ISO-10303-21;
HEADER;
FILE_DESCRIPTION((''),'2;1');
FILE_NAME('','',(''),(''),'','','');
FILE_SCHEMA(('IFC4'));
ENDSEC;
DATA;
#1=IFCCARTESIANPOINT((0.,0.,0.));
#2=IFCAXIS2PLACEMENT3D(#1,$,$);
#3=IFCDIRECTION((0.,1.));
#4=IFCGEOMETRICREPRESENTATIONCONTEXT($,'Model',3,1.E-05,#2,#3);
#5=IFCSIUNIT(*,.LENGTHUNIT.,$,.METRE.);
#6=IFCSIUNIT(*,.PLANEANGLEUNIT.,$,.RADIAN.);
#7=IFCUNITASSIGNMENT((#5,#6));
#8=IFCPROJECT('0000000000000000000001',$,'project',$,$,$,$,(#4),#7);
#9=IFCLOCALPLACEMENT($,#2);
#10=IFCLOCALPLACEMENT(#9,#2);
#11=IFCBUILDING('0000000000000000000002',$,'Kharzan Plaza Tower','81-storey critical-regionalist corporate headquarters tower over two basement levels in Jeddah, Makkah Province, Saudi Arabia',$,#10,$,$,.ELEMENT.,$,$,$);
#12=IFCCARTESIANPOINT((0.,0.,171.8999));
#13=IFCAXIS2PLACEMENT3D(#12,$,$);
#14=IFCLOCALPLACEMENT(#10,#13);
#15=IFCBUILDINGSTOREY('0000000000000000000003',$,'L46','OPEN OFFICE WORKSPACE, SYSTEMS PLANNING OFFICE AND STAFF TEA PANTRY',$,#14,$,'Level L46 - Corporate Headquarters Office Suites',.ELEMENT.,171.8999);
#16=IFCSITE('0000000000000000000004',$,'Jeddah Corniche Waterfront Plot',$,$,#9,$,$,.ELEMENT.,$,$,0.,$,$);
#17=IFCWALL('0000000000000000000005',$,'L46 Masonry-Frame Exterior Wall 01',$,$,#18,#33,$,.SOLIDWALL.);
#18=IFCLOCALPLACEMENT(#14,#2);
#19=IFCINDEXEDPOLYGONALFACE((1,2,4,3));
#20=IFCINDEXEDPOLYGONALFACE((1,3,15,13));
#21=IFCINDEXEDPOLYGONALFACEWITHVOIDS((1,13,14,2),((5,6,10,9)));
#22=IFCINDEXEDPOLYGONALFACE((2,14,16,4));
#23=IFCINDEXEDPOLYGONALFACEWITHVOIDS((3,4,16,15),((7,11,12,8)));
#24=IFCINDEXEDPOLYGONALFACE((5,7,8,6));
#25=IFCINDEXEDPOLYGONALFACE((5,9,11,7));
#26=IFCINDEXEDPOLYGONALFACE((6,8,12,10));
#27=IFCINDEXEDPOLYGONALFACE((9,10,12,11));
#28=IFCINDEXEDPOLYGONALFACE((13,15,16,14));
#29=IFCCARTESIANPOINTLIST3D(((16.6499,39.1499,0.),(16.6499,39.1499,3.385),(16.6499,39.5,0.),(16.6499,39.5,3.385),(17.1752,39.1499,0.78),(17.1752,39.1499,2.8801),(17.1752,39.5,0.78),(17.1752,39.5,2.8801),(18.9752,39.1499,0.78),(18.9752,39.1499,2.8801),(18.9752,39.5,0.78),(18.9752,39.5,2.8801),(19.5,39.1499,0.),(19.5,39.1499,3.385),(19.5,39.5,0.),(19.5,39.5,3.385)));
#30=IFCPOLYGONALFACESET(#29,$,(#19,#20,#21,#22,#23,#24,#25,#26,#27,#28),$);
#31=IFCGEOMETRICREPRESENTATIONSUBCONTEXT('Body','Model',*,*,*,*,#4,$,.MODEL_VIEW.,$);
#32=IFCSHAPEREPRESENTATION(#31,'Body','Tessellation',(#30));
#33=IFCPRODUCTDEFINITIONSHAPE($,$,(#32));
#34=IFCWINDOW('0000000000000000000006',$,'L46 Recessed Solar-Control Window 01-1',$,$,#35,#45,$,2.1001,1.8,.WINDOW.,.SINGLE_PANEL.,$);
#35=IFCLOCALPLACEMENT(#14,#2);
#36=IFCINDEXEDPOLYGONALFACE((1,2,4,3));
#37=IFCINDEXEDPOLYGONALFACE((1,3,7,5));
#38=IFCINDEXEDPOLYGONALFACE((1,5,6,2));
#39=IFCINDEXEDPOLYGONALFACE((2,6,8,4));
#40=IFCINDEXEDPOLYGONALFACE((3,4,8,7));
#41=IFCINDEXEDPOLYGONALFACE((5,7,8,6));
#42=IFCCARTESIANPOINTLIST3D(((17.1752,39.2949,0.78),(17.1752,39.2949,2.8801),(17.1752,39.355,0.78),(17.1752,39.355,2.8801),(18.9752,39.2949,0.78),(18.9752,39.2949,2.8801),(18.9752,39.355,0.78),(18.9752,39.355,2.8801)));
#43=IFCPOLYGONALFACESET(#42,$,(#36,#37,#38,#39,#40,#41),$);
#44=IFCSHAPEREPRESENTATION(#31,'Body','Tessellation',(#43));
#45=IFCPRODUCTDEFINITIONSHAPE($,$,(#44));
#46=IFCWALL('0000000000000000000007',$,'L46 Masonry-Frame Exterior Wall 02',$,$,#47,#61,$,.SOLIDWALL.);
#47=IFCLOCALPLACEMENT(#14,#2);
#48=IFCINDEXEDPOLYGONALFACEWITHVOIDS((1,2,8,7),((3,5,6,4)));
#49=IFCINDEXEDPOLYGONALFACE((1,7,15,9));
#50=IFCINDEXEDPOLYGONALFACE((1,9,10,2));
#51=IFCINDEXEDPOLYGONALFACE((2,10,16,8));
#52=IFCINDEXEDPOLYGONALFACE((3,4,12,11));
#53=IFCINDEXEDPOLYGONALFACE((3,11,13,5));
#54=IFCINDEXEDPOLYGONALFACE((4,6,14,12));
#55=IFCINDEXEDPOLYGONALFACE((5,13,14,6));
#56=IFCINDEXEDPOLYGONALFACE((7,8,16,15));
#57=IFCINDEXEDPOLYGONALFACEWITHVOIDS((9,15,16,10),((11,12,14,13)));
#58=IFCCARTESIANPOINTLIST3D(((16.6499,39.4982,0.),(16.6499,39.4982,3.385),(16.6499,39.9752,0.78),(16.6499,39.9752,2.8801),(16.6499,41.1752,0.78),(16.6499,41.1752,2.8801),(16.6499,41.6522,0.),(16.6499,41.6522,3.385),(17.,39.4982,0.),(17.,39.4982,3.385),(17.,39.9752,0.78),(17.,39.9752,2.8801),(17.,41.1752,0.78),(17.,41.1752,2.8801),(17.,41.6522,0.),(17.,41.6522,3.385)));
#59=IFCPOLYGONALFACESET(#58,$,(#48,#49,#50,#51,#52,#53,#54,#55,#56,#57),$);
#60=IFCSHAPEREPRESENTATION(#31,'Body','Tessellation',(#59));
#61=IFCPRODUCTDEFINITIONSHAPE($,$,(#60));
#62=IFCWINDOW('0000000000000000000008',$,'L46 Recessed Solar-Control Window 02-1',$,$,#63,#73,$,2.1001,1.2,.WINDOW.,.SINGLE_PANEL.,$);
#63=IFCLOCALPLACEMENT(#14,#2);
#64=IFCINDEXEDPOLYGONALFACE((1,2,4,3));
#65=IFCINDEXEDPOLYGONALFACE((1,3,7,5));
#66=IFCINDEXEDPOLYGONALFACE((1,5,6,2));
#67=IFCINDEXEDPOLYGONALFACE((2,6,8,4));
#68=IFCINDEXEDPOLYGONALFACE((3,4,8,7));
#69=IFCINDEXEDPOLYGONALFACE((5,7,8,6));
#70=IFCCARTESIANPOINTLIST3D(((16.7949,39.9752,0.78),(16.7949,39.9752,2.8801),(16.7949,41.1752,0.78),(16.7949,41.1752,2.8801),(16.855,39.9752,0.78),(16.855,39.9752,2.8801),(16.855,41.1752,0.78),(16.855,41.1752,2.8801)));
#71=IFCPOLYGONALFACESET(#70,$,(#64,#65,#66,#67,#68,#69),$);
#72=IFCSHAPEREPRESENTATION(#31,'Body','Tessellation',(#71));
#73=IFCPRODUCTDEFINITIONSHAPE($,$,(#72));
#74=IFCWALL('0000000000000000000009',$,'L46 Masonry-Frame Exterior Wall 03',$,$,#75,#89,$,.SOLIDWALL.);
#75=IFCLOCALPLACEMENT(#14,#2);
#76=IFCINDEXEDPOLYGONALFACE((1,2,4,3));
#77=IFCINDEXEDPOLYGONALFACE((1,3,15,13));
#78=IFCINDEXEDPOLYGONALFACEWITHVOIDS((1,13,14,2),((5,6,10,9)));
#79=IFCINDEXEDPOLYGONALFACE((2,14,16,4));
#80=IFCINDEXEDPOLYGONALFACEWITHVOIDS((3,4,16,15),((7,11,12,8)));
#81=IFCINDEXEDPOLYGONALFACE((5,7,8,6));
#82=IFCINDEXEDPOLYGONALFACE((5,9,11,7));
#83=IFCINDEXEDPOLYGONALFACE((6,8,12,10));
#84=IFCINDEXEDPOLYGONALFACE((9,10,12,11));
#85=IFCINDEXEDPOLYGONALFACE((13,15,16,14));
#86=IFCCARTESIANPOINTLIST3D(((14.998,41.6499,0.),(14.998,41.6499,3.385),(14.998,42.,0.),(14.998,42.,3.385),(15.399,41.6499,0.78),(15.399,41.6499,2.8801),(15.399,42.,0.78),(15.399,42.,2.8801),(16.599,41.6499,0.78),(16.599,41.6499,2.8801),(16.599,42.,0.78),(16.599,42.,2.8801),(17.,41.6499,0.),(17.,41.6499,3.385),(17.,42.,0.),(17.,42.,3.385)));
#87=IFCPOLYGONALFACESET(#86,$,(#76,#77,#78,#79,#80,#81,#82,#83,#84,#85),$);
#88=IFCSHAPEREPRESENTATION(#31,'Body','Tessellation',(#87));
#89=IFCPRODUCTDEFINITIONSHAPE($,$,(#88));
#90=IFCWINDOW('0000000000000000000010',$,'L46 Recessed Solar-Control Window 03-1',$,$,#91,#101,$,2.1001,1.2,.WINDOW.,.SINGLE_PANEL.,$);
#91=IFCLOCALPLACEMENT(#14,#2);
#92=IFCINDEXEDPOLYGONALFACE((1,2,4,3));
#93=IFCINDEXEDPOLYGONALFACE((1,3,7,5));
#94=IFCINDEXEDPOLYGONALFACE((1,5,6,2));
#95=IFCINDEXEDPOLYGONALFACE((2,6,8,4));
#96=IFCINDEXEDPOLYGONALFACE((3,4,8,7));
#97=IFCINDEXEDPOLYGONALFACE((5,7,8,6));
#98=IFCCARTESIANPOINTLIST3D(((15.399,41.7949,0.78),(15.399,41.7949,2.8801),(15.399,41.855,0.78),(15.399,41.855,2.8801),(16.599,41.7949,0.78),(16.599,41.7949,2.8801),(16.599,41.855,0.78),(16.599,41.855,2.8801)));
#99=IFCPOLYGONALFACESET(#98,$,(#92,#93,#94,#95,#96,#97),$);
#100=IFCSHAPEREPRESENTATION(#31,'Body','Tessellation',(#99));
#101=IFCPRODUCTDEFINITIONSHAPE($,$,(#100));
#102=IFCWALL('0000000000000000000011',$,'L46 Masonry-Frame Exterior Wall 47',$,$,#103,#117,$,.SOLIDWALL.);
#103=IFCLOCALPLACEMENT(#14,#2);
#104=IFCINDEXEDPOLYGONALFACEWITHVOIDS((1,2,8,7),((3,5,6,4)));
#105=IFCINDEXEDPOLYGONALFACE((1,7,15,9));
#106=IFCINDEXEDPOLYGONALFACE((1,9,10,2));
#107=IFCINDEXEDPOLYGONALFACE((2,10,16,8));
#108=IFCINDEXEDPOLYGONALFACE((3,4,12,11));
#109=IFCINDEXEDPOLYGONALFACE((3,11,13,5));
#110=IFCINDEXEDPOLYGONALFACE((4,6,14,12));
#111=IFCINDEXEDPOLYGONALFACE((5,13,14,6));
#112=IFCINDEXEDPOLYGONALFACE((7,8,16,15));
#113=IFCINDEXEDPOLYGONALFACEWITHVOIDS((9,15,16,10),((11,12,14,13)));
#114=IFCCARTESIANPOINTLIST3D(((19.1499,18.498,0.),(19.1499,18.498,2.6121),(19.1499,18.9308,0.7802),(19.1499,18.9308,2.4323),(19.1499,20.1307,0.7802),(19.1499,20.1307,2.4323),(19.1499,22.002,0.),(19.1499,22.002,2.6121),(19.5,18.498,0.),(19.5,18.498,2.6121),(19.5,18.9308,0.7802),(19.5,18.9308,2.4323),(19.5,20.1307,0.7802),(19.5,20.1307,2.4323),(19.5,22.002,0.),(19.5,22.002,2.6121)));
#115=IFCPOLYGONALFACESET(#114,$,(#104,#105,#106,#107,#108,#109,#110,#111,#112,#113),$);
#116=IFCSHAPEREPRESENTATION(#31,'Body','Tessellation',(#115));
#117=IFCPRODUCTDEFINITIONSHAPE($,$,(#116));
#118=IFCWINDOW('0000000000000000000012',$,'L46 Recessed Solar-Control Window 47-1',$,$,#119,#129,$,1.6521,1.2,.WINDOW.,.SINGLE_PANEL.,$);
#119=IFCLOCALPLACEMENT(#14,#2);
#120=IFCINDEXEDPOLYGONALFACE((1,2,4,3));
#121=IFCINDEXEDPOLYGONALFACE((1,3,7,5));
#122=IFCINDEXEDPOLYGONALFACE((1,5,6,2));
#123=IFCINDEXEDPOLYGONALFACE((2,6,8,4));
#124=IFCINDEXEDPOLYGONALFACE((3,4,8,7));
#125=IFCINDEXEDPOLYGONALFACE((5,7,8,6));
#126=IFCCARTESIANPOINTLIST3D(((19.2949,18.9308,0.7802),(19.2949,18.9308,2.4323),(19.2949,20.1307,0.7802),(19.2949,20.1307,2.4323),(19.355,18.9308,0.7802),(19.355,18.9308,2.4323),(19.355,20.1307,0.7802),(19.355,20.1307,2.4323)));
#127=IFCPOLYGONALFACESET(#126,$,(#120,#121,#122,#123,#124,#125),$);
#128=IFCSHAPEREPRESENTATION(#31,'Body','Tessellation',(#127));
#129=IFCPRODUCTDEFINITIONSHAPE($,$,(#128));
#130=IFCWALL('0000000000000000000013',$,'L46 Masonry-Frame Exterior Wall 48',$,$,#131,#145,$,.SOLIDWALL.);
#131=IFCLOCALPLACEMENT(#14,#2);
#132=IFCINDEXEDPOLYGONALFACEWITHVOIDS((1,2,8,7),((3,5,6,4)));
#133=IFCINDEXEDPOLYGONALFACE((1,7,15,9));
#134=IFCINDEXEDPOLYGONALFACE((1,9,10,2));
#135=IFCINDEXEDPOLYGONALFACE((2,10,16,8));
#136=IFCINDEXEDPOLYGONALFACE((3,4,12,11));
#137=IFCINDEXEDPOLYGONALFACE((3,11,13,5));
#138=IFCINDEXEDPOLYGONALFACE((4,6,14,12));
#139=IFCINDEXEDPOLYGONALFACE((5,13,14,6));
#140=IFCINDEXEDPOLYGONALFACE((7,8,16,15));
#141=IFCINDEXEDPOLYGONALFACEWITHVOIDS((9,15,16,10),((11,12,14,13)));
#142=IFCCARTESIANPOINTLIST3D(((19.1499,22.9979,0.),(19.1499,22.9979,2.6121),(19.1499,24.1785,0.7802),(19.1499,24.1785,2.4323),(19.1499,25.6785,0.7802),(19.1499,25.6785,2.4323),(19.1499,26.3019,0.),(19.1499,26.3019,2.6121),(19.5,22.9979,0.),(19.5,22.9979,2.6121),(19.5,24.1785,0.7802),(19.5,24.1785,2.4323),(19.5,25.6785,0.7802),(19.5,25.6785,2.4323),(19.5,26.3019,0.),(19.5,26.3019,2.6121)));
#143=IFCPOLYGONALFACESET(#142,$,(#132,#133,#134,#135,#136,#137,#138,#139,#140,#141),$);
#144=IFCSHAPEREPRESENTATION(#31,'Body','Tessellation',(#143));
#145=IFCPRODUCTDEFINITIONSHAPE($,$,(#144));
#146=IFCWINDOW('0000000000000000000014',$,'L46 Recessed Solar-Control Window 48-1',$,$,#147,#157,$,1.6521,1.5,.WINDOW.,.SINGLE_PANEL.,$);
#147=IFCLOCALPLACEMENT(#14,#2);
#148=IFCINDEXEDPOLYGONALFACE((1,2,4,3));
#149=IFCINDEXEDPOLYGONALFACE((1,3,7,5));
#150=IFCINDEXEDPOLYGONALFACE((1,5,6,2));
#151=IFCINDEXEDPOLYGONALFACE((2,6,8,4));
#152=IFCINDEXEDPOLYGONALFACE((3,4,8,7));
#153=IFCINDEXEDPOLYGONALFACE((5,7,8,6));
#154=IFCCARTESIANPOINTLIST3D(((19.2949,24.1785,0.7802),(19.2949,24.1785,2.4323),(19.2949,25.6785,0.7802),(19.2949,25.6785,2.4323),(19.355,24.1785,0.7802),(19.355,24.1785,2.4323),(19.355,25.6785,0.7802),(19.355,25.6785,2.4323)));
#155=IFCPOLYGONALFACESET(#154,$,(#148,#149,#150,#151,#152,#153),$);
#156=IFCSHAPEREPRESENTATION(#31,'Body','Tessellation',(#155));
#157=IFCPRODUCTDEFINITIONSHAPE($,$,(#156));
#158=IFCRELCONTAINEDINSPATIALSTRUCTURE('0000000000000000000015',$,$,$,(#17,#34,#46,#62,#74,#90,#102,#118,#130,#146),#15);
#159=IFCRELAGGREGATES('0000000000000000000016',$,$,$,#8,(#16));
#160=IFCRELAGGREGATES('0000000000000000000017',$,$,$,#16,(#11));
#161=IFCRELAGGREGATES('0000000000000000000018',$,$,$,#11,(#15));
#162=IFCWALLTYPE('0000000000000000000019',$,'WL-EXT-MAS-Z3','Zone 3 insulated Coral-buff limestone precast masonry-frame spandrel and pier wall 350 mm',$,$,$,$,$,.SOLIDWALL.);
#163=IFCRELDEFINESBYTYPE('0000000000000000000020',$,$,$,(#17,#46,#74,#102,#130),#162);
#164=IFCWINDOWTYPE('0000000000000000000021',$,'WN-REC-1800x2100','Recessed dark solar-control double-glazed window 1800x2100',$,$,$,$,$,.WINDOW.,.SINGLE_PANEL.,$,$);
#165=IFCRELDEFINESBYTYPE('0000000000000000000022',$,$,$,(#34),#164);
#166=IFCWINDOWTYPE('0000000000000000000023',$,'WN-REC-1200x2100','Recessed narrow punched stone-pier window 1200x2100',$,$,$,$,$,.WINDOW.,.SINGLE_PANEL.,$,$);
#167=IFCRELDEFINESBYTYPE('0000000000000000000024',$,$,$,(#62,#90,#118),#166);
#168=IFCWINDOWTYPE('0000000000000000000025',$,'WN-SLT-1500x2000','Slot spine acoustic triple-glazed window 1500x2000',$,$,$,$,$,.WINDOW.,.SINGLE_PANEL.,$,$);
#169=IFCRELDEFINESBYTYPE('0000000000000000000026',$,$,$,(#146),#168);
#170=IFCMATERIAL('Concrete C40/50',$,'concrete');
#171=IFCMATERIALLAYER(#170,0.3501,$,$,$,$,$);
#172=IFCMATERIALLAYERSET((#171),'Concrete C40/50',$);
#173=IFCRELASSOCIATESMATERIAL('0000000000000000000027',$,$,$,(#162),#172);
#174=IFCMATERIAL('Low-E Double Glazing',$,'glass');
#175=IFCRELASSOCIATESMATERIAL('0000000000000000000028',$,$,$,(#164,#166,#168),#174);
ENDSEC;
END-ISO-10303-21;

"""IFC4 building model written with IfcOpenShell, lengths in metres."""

from ifc_helpers import new_model, si_unit, direction, frame, frame_2d, origin, place, context, subcontext, project, spatial, rectangle, extrude, source, transform, mapped, material, layer, layer_set, type_object, element, fill, save


model = new_model("IFC4")

# Units and contexts
model_context = context("Model", 3, precision=1e-05, world=origin(), true_north=direction((0.0, 1.0)))
body_context = subcontext(model_context, "Body", "Model", "MODEL_VIEW")
ifc_project = project(units=[si_unit("LENGTHUNIT", "METRE"), si_unit("PLANEANGLEUNIT", "RADIAN")], contexts=[model_context])

# Site, building, storey
site_placement = place(None, origin())
site = spatial("IfcSite", under=ifc_project, at=site_placement, Name="Jeddah Corniche Waterfront Plot", CompositionType="ELEMENT", RefElevation=0.0)
building_placement = place(site_placement, origin())
building = spatial("IfcBuilding", under=site, at=building_placement, Name="Kharzan Plaza Tower", Description="81-storey critical-regionalist corporate headquarters tower over two basement levels in Jeddah, Makkah Province, Saudi Arabia", CompositionType="ELEMENT")
storey_placement = place(building_placement, frame((0.0, 0.0, 171.8999)))
storey = spatial("IfcBuildingStorey", under=building, at=storey_placement, Name="L46", Description="OPEN OFFICE WORKSPACE, SYSTEMS PLANNING OFFICE AND STAFF TEA PANTRY", LongName="Level L46 - Corporate Headquarters Office Suites", CompositionType="ELEMENT", Elevation=171.8999)

# Walls, openings, windows
ifc_material_1 = material(Name="Concrete C40/50", Category="concrete")
ifc_layer_1 = layer(ifc_material_1, 0.3501)
ifc_layer_set_1 = layer_set([ifc_layer_1], Name="Concrete C40/50")
wall_type_1 = type_object("IfcWallType", Name="WL-EXT-MAS-Z3", Description="Zone 3 insulated Coral-buff limestone precast masonry-frame spandrel and pier wall 350 mm", PredefinedType="SOLIDWALL", material=ifc_layer_set_1)
wall_1_placement = place(storey_placement, frame((19.5, 39.325, 0.0), z_axis=(0.0, 0.0, 1.0), x_axis=(-1.0, 0.0, 0.0)))
wall_1 = element("IfcWall", 1, at=wall_1_placement, inside=storey, type_object=wall_type_1, Name="L46 Masonry-Frame Exterior Wall 01", PredefinedType="SOLIDWALL", context=body_context, shape_type="SweptSolid", body=[
    extrude(rectangle(XDim=2.8501, YDim=0.3501, at=frame_2d((1.425, 0.0))), origin(), (0.0, 0.0, 1.0), 3.385),
])
opening_1_placement = place(wall_1_placement, frame((0.5249, 0.0, 0.78)))
opening_1 = element("IfcOpeningElement", 2, at=opening_1_placement, cuts=wall_1, PredefinedType="OPENING", context=body_context, shape_type="SweptSolid", body=[
    extrude(rectangle(XDim=1.8, YDim=2.1001, at=frame_2d((0.8999, 1.05))), frame((0.0, 0.1851, 0.0), z_axis=(0.0, -1.0, 0.0), x_axis=(1.0, 0.0, 0.0)), (0.0, 0.0, 1.0), 0.3701),
])
ifc_material_2 = material(Name="Low-E Double Glazing", Category="glass")
window_type_1 = type_object("IfcWindowType", Name="WN-REC-1800x2100", Description="Recessed dark solar-control double-glazed window 1800x2100", PartitioningType="SINGLE_PANEL", PredefinedType="WINDOW", material=ifc_material_2)
shared_shape_1 = source(origin(), body_context, "Body", "SweptSolid", [
    extrude(rectangle(XDim=1.8, YDim=2.1001, at=frame_2d((0.8999, 1.05))), frame((0.0, 0.03, 0.0), z_axis=(0.0, -1.0, 0.0), x_axis=(1.0, 0.0, 0.0)), (0.0, 0.0, 1.0), 0.0601),
])
window_1_placement = place(opening_1_placement, origin())
window_1 = element("IfcWindow", 3, at=window_1_placement, inside=storey, type_object=window_type_1, Name="L46 Recessed Solar-Control Window 01-1", OverallHeight=2.1001, OverallWidth=1.8, PartitioningType="SINGLE_PANEL", PredefinedType="WINDOW", context=body_context, shape_type="MappedRepresentation", body=[
    mapped(shared_shape_1, transform((0.0, 0.0, 0.0), x_axis=(1.0, 0.0, 0.0), y_axis=(0.0, 1.0, 0.0), z_axis=(0.0, 0.0, 1.0))),
])
fill(opening_1, window_1)
wall_2_placement = place(storey_placement, frame((16.825, 39.498, 0.0), z_axis=(0.0, 0.0, 1.0), x_axis=(0.0, 1.0, 0.0)))
wall_2 = element("IfcWall", 4, at=wall_2_placement, inside=storey, type_object=wall_type_1, Name="L46 Masonry-Frame Exterior Wall 02", PredefinedType="SOLIDWALL", context=body_context, shape_type="SweptSolid", body=[
    extrude(rectangle(XDim=2.1541, YDim=0.3501, at=frame_2d((1.0771, 0.0))), origin(), (0.0, 0.0, 1.0), 3.385),
])
opening_2_placement = place(wall_2_placement, frame((0.4771, 0.0, 0.78)))
opening_2 = element("IfcOpeningElement", 5, at=opening_2_placement, cuts=wall_2, PredefinedType="OPENING", context=body_context, shape_type="SweptSolid", body=[
    extrude(rectangle(XDim=1.2, YDim=2.1001, at=frame_2d((0.6001, 1.05))), frame((0.0, 0.1851, 0.0), z_axis=(0.0, -1.0, 0.0), x_axis=(1.0, 0.0, 0.0)), (0.0, 0.0, 1.0), 0.3701),
])
window_type_2 = type_object("IfcWindowType", Name="WN-REC-1200x2100", Description="Recessed narrow punched stone-pier window 1200x2100", PartitioningType="SINGLE_PANEL", PredefinedType="WINDOW", material=ifc_material_2)
shared_shape_2 = source(origin(), body_context, "Body", "SweptSolid", [
    extrude(rectangle(XDim=1.2, YDim=2.1001, at=frame_2d((0.6001, 1.05))), frame((0.0, 0.03, 0.0), z_axis=(0.0, -1.0, 0.0), x_axis=(1.0, 0.0, 0.0)), (0.0, 0.0, 1.0), 0.0601),
])
window_2_placement = place(opening_2_placement, origin())
window_2 = element("IfcWindow", 6, at=window_2_placement, inside=storey, type_object=window_type_2, Name="L46 Recessed Solar-Control Window 02-1", OverallHeight=2.1001, OverallWidth=1.2, PartitioningType="SINGLE_PANEL", PredefinedType="WINDOW", context=body_context, shape_type="MappedRepresentation", body=[
    mapped(shared_shape_2, transform((0.0, 0.0, 0.0), x_axis=(1.0, 0.0, 0.0), y_axis=(0.0, 1.0, 0.0), z_axis=(0.0, 0.0, 1.0))),
])
fill(opening_2, window_2)
wall_3_placement = place(storey_placement, frame((17.0, 41.825, 0.0), z_axis=(0.0, 0.0, 1.0), x_axis=(-1.0, 0.0, 0.0)))
wall_3 = element("IfcWall", 7, at=wall_3_placement, inside=storey, type_object=wall_type_1, Name="L46 Masonry-Frame Exterior Wall 03", PredefinedType="SOLIDWALL", context=body_context, shape_type="SweptSolid", body=[
    extrude(rectangle(XDim=2.002, YDim=0.3501, at=frame_2d((1.001, 0.0))), origin(), (0.0, 0.0, 1.0), 3.385),
])
opening_3_placement = place(wall_3_placement, frame((0.4009, 0.0, 0.78)))
opening_3 = element("IfcOpeningElement", 8, at=opening_3_placement, cuts=wall_3, PredefinedType="OPENING", context=body_context, shape_type="SweptSolid", body=[
    extrude(rectangle(XDim=1.2, YDim=2.1001, at=frame_2d((0.6001, 1.05))), frame((0.0, 0.1851, 0.0), z_axis=(0.0, -1.0, 0.0), x_axis=(1.0, 0.0, 0.0)), (0.0, 0.0, 1.0), 0.3701),
])
window_3_placement = place(opening_3_placement, origin())
window_3 = element("IfcWindow", 9, at=window_3_placement, inside=storey, type_object=window_type_2, Name="L46 Recessed Solar-Control Window 03-1", OverallHeight=2.1001, OverallWidth=1.2, PartitioningType="SINGLE_PANEL", PredefinedType="WINDOW", context=body_context, shape_type="MappedRepresentation", body=[
    mapped(shared_shape_2, transform((0.0, 0.0, 0.0), x_axis=(1.0, 0.0, 0.0), y_axis=(0.0, 1.0, 0.0), z_axis=(0.0, 0.0, 1.0))),
])
fill(opening_3, window_3)
wall_4_placement = place(storey_placement, frame((19.325, 18.498, 0.0), z_axis=(0.0, 0.0, 1.0), x_axis=(0.0, 1.0, 0.0)))
wall_4 = element("IfcWall", 10, at=wall_4_placement, inside=storey, type_object=wall_type_1, Name="L46 Masonry-Frame Exterior Wall 47", PredefinedType="SOLIDWALL", context=body_context, shape_type="SweptSolid", body=[
    extrude(rectangle(XDim=3.5039, YDim=0.3501, at=frame_2d((1.752, 0.0))), origin(), (0.0, 0.0, 1.0), 2.6121),
])
opening_4_placement = place(wall_4_placement, frame((0.4326, 0.0, 0.78)))
opening_4 = element("IfcOpeningElement", 11, at=opening_4_placement, cuts=wall_4, PredefinedType="OPENING", context=body_context, shape_type="SweptSolid", body=[
    extrude(rectangle(XDim=1.2, YDim=1.6521, at=frame_2d((0.6001, 0.8262))), frame((0.0, 0.1851, 0.0), z_axis=(0.0, -1.0, 0.0), x_axis=(1.0, 0.0, 0.0)), (0.0, 0.0, 1.0), 0.3701),
])
shared_shape_3 = source(origin(), body_context, "Body", "SweptSolid", [
    extrude(rectangle(XDim=1.2, YDim=1.6521, at=frame_2d((0.6001, 0.8262))), frame((0.0, 0.03, 0.0), z_axis=(0.0, -1.0, 0.0), x_axis=(1.0, 0.0, 0.0)), (0.0, 0.0, 1.0), 0.0601),
])
window_4_placement = place(opening_4_placement, origin())
window_4 = element("IfcWindow", 12, at=window_4_placement, inside=storey, type_object=window_type_2, Name="L46 Recessed Solar-Control Window 47-1", OverallHeight=1.6521, OverallWidth=1.2, PartitioningType="SINGLE_PANEL", PredefinedType="WINDOW", context=body_context, shape_type="MappedRepresentation", body=[
    mapped(shared_shape_3, transform((0.0, 0.0, 0.0), x_axis=(1.0, 0.0, 0.0), y_axis=(0.0, 1.0, 0.0), z_axis=(0.0, 0.0, 1.0))),
])
fill(opening_4, window_4)
wall_5_placement = place(storey_placement, frame((19.325, 22.998, 0.0), z_axis=(0.0, 0.0, 1.0), x_axis=(0.0, 1.0, 0.0)))
wall_5 = element("IfcWall", 13, at=wall_5_placement, inside=storey, type_object=wall_type_1, Name="L46 Masonry-Frame Exterior Wall 48", PredefinedType="SOLIDWALL", context=body_context, shape_type="SweptSolid", body=[
    extrude(rectangle(XDim=3.304, YDim=0.3501, at=frame_2d((1.6519, 0.0))), origin(), (0.0, 0.0, 1.0), 2.6121),
])
opening_5_placement = place(wall_5_placement, frame((1.1804, 0.0, 0.78)))
opening_5 = element("IfcOpeningElement", 14, at=opening_5_placement, cuts=wall_5, PredefinedType="OPENING", context=body_context, shape_type="SweptSolid", body=[
    extrude(rectangle(XDim=1.5, YDim=1.6521, at=frame_2d((0.75, 0.8262))), frame((0.0, 0.1851, 0.0), z_axis=(0.0, -1.0, 0.0), x_axis=(1.0, 0.0, 0.0)), (0.0, 0.0, 1.0), 0.3701),
])
window_type_3 = type_object("IfcWindowType", Name="WN-SLT-1500x2000", Description="Slot spine acoustic triple-glazed window 1500x2000", PartitioningType="SINGLE_PANEL", PredefinedType="WINDOW", material=ifc_material_2)
shared_shape_4 = source(origin(), body_context, "Body", "SweptSolid", [
    extrude(rectangle(XDim=1.5, YDim=1.6521, at=frame_2d((0.75, 0.8262))), frame((0.0, 0.03, 0.0), z_axis=(0.0, -1.0, 0.0), x_axis=(1.0, 0.0, 0.0)), (0.0, 0.0, 1.0), 0.0601),
])
window_5_placement = place(opening_5_placement, origin())
window_5 = element("IfcWindow", 15, at=window_5_placement, inside=storey, type_object=window_type_3, Name="L46 Recessed Solar-Control Window 48-1", OverallHeight=1.6521, OverallWidth=1.5, PartitioningType="SINGLE_PANEL", PredefinedType="WINDOW", context=body_context, shape_type="MappedRepresentation", body=[
    mapped(shared_shape_4, transform((0.0, 0.0, 0.0), x_axis=(1.0, 0.0, 0.0), y_axis=(0.0, 1.0, 0.0), z_axis=(0.0, 0.0, 1.0))),
])
fill(opening_5, window_5)

save(model, "model.ifc")
